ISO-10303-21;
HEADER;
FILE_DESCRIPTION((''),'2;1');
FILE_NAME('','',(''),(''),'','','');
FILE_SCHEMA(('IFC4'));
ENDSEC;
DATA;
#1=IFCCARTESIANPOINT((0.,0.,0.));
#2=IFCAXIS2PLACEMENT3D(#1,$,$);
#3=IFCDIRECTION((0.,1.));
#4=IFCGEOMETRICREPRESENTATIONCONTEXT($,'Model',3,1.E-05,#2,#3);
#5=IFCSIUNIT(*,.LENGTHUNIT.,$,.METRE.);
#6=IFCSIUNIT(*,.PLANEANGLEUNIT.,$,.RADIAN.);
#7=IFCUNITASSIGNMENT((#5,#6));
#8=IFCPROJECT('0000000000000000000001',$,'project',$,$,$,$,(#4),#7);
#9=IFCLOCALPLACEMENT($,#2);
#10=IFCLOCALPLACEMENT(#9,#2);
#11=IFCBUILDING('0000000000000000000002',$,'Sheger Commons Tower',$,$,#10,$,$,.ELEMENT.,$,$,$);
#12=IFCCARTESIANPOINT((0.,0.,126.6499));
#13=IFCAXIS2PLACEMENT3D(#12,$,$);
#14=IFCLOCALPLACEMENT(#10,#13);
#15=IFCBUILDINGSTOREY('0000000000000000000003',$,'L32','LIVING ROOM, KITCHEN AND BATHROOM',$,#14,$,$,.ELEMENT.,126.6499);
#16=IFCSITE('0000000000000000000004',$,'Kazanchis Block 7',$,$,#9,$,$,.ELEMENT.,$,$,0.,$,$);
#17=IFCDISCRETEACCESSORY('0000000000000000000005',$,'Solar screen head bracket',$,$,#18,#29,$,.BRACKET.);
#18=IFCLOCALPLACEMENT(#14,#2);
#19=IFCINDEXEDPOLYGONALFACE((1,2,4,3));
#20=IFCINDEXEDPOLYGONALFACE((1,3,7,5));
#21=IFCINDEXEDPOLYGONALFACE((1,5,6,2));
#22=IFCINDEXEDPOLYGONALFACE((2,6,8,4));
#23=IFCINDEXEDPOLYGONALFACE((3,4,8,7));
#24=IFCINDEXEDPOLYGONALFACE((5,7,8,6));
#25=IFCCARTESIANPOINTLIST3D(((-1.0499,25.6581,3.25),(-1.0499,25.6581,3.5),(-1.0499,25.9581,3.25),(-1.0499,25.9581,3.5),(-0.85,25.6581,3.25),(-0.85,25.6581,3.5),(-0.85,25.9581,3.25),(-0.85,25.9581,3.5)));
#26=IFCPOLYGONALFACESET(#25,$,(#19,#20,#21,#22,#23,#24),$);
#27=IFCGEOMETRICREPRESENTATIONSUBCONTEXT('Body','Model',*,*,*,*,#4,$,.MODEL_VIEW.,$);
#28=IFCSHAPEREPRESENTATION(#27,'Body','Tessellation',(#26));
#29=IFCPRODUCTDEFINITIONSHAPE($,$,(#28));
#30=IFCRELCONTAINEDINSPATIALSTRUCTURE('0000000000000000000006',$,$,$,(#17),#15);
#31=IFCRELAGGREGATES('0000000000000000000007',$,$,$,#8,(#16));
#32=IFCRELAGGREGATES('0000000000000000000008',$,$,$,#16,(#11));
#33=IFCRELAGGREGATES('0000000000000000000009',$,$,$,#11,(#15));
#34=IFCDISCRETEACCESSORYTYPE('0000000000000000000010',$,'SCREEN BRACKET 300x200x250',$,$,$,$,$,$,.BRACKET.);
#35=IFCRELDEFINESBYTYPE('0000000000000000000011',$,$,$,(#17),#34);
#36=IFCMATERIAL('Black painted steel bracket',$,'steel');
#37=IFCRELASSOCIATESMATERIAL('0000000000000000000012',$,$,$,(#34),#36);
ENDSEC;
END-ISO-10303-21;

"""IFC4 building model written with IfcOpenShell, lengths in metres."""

from ifc_helpers import new_model, si_unit, direction, frame, origin, origin_2d, place, context, subcontext, project, spatial, rectangle, extrude, material, type_object, element, save


model = new_model("IFC4")

# Units and contexts
model_context = context("Model", 3, precision=1e-05, world=origin(), true_north=direction((0.0, 1.0)))
body_context = subcontext(model_context, "Body", "Model", "MODEL_VIEW")
ifc_project = project(units=[si_unit("LENGTHUNIT", "METRE"), si_unit("PLANEANGLEUNIT", "RADIAN")], contexts=[model_context])

# Site, building, storey
site_placement = place(None, origin())
site = spatial("IfcSite", under=ifc_project, at=site_placement, Name="Kazanchis Block 7", CompositionType="ELEMENT", RefElevation=0.0)
building_placement = place(site_placement, origin())
building = spatial("IfcBuilding", under=site, at=building_placement, Name="Sheger Commons Tower", CompositionType="ELEMENT")
storey_placement = place(building_placement, frame((0.0, 0.0, 126.6499)))
storey = spatial("IfcBuildingStorey", under=building, at=storey_placement, Name="L32", Description="LIVING ROOM, KITCHEN AND BATHROOM", CompositionType="ELEMENT", Elevation=126.6499)

# Discrete accessory
ifc_material_1 = material(Name="Black painted steel bracket", Category="steel")
discrete_accessory_type = type_object("IfcDiscreteAccessoryType", Name="SCREEN BRACKET 300x200x250", PredefinedType="BRACKET", material=ifc_material_1)
for number, where, z_axis, x_axis, name in (
    (1, (-0.95, 25.8081, 3.25), (0.0, 0.0, 1.0), (0.0, -1.0, 0.0), "Solar screen head bracket"),
):
    element("IfcDiscreteAccessory", number, at=place(storey_placement, frame(where, z_axis=z_axis, x_axis=x_axis)), inside=storey, type_object=discrete_accessory_type, Name=name, PredefinedType="BRACKET", context=body_context, shape_type="SweptSolid", body=[
        extrude(rectangle(XDim=0.3, YDim=0.2, at=origin_2d()), origin(), (0.0, 0.0, 1.0), 0.25),
    ])

save(model, "model.ifc")
